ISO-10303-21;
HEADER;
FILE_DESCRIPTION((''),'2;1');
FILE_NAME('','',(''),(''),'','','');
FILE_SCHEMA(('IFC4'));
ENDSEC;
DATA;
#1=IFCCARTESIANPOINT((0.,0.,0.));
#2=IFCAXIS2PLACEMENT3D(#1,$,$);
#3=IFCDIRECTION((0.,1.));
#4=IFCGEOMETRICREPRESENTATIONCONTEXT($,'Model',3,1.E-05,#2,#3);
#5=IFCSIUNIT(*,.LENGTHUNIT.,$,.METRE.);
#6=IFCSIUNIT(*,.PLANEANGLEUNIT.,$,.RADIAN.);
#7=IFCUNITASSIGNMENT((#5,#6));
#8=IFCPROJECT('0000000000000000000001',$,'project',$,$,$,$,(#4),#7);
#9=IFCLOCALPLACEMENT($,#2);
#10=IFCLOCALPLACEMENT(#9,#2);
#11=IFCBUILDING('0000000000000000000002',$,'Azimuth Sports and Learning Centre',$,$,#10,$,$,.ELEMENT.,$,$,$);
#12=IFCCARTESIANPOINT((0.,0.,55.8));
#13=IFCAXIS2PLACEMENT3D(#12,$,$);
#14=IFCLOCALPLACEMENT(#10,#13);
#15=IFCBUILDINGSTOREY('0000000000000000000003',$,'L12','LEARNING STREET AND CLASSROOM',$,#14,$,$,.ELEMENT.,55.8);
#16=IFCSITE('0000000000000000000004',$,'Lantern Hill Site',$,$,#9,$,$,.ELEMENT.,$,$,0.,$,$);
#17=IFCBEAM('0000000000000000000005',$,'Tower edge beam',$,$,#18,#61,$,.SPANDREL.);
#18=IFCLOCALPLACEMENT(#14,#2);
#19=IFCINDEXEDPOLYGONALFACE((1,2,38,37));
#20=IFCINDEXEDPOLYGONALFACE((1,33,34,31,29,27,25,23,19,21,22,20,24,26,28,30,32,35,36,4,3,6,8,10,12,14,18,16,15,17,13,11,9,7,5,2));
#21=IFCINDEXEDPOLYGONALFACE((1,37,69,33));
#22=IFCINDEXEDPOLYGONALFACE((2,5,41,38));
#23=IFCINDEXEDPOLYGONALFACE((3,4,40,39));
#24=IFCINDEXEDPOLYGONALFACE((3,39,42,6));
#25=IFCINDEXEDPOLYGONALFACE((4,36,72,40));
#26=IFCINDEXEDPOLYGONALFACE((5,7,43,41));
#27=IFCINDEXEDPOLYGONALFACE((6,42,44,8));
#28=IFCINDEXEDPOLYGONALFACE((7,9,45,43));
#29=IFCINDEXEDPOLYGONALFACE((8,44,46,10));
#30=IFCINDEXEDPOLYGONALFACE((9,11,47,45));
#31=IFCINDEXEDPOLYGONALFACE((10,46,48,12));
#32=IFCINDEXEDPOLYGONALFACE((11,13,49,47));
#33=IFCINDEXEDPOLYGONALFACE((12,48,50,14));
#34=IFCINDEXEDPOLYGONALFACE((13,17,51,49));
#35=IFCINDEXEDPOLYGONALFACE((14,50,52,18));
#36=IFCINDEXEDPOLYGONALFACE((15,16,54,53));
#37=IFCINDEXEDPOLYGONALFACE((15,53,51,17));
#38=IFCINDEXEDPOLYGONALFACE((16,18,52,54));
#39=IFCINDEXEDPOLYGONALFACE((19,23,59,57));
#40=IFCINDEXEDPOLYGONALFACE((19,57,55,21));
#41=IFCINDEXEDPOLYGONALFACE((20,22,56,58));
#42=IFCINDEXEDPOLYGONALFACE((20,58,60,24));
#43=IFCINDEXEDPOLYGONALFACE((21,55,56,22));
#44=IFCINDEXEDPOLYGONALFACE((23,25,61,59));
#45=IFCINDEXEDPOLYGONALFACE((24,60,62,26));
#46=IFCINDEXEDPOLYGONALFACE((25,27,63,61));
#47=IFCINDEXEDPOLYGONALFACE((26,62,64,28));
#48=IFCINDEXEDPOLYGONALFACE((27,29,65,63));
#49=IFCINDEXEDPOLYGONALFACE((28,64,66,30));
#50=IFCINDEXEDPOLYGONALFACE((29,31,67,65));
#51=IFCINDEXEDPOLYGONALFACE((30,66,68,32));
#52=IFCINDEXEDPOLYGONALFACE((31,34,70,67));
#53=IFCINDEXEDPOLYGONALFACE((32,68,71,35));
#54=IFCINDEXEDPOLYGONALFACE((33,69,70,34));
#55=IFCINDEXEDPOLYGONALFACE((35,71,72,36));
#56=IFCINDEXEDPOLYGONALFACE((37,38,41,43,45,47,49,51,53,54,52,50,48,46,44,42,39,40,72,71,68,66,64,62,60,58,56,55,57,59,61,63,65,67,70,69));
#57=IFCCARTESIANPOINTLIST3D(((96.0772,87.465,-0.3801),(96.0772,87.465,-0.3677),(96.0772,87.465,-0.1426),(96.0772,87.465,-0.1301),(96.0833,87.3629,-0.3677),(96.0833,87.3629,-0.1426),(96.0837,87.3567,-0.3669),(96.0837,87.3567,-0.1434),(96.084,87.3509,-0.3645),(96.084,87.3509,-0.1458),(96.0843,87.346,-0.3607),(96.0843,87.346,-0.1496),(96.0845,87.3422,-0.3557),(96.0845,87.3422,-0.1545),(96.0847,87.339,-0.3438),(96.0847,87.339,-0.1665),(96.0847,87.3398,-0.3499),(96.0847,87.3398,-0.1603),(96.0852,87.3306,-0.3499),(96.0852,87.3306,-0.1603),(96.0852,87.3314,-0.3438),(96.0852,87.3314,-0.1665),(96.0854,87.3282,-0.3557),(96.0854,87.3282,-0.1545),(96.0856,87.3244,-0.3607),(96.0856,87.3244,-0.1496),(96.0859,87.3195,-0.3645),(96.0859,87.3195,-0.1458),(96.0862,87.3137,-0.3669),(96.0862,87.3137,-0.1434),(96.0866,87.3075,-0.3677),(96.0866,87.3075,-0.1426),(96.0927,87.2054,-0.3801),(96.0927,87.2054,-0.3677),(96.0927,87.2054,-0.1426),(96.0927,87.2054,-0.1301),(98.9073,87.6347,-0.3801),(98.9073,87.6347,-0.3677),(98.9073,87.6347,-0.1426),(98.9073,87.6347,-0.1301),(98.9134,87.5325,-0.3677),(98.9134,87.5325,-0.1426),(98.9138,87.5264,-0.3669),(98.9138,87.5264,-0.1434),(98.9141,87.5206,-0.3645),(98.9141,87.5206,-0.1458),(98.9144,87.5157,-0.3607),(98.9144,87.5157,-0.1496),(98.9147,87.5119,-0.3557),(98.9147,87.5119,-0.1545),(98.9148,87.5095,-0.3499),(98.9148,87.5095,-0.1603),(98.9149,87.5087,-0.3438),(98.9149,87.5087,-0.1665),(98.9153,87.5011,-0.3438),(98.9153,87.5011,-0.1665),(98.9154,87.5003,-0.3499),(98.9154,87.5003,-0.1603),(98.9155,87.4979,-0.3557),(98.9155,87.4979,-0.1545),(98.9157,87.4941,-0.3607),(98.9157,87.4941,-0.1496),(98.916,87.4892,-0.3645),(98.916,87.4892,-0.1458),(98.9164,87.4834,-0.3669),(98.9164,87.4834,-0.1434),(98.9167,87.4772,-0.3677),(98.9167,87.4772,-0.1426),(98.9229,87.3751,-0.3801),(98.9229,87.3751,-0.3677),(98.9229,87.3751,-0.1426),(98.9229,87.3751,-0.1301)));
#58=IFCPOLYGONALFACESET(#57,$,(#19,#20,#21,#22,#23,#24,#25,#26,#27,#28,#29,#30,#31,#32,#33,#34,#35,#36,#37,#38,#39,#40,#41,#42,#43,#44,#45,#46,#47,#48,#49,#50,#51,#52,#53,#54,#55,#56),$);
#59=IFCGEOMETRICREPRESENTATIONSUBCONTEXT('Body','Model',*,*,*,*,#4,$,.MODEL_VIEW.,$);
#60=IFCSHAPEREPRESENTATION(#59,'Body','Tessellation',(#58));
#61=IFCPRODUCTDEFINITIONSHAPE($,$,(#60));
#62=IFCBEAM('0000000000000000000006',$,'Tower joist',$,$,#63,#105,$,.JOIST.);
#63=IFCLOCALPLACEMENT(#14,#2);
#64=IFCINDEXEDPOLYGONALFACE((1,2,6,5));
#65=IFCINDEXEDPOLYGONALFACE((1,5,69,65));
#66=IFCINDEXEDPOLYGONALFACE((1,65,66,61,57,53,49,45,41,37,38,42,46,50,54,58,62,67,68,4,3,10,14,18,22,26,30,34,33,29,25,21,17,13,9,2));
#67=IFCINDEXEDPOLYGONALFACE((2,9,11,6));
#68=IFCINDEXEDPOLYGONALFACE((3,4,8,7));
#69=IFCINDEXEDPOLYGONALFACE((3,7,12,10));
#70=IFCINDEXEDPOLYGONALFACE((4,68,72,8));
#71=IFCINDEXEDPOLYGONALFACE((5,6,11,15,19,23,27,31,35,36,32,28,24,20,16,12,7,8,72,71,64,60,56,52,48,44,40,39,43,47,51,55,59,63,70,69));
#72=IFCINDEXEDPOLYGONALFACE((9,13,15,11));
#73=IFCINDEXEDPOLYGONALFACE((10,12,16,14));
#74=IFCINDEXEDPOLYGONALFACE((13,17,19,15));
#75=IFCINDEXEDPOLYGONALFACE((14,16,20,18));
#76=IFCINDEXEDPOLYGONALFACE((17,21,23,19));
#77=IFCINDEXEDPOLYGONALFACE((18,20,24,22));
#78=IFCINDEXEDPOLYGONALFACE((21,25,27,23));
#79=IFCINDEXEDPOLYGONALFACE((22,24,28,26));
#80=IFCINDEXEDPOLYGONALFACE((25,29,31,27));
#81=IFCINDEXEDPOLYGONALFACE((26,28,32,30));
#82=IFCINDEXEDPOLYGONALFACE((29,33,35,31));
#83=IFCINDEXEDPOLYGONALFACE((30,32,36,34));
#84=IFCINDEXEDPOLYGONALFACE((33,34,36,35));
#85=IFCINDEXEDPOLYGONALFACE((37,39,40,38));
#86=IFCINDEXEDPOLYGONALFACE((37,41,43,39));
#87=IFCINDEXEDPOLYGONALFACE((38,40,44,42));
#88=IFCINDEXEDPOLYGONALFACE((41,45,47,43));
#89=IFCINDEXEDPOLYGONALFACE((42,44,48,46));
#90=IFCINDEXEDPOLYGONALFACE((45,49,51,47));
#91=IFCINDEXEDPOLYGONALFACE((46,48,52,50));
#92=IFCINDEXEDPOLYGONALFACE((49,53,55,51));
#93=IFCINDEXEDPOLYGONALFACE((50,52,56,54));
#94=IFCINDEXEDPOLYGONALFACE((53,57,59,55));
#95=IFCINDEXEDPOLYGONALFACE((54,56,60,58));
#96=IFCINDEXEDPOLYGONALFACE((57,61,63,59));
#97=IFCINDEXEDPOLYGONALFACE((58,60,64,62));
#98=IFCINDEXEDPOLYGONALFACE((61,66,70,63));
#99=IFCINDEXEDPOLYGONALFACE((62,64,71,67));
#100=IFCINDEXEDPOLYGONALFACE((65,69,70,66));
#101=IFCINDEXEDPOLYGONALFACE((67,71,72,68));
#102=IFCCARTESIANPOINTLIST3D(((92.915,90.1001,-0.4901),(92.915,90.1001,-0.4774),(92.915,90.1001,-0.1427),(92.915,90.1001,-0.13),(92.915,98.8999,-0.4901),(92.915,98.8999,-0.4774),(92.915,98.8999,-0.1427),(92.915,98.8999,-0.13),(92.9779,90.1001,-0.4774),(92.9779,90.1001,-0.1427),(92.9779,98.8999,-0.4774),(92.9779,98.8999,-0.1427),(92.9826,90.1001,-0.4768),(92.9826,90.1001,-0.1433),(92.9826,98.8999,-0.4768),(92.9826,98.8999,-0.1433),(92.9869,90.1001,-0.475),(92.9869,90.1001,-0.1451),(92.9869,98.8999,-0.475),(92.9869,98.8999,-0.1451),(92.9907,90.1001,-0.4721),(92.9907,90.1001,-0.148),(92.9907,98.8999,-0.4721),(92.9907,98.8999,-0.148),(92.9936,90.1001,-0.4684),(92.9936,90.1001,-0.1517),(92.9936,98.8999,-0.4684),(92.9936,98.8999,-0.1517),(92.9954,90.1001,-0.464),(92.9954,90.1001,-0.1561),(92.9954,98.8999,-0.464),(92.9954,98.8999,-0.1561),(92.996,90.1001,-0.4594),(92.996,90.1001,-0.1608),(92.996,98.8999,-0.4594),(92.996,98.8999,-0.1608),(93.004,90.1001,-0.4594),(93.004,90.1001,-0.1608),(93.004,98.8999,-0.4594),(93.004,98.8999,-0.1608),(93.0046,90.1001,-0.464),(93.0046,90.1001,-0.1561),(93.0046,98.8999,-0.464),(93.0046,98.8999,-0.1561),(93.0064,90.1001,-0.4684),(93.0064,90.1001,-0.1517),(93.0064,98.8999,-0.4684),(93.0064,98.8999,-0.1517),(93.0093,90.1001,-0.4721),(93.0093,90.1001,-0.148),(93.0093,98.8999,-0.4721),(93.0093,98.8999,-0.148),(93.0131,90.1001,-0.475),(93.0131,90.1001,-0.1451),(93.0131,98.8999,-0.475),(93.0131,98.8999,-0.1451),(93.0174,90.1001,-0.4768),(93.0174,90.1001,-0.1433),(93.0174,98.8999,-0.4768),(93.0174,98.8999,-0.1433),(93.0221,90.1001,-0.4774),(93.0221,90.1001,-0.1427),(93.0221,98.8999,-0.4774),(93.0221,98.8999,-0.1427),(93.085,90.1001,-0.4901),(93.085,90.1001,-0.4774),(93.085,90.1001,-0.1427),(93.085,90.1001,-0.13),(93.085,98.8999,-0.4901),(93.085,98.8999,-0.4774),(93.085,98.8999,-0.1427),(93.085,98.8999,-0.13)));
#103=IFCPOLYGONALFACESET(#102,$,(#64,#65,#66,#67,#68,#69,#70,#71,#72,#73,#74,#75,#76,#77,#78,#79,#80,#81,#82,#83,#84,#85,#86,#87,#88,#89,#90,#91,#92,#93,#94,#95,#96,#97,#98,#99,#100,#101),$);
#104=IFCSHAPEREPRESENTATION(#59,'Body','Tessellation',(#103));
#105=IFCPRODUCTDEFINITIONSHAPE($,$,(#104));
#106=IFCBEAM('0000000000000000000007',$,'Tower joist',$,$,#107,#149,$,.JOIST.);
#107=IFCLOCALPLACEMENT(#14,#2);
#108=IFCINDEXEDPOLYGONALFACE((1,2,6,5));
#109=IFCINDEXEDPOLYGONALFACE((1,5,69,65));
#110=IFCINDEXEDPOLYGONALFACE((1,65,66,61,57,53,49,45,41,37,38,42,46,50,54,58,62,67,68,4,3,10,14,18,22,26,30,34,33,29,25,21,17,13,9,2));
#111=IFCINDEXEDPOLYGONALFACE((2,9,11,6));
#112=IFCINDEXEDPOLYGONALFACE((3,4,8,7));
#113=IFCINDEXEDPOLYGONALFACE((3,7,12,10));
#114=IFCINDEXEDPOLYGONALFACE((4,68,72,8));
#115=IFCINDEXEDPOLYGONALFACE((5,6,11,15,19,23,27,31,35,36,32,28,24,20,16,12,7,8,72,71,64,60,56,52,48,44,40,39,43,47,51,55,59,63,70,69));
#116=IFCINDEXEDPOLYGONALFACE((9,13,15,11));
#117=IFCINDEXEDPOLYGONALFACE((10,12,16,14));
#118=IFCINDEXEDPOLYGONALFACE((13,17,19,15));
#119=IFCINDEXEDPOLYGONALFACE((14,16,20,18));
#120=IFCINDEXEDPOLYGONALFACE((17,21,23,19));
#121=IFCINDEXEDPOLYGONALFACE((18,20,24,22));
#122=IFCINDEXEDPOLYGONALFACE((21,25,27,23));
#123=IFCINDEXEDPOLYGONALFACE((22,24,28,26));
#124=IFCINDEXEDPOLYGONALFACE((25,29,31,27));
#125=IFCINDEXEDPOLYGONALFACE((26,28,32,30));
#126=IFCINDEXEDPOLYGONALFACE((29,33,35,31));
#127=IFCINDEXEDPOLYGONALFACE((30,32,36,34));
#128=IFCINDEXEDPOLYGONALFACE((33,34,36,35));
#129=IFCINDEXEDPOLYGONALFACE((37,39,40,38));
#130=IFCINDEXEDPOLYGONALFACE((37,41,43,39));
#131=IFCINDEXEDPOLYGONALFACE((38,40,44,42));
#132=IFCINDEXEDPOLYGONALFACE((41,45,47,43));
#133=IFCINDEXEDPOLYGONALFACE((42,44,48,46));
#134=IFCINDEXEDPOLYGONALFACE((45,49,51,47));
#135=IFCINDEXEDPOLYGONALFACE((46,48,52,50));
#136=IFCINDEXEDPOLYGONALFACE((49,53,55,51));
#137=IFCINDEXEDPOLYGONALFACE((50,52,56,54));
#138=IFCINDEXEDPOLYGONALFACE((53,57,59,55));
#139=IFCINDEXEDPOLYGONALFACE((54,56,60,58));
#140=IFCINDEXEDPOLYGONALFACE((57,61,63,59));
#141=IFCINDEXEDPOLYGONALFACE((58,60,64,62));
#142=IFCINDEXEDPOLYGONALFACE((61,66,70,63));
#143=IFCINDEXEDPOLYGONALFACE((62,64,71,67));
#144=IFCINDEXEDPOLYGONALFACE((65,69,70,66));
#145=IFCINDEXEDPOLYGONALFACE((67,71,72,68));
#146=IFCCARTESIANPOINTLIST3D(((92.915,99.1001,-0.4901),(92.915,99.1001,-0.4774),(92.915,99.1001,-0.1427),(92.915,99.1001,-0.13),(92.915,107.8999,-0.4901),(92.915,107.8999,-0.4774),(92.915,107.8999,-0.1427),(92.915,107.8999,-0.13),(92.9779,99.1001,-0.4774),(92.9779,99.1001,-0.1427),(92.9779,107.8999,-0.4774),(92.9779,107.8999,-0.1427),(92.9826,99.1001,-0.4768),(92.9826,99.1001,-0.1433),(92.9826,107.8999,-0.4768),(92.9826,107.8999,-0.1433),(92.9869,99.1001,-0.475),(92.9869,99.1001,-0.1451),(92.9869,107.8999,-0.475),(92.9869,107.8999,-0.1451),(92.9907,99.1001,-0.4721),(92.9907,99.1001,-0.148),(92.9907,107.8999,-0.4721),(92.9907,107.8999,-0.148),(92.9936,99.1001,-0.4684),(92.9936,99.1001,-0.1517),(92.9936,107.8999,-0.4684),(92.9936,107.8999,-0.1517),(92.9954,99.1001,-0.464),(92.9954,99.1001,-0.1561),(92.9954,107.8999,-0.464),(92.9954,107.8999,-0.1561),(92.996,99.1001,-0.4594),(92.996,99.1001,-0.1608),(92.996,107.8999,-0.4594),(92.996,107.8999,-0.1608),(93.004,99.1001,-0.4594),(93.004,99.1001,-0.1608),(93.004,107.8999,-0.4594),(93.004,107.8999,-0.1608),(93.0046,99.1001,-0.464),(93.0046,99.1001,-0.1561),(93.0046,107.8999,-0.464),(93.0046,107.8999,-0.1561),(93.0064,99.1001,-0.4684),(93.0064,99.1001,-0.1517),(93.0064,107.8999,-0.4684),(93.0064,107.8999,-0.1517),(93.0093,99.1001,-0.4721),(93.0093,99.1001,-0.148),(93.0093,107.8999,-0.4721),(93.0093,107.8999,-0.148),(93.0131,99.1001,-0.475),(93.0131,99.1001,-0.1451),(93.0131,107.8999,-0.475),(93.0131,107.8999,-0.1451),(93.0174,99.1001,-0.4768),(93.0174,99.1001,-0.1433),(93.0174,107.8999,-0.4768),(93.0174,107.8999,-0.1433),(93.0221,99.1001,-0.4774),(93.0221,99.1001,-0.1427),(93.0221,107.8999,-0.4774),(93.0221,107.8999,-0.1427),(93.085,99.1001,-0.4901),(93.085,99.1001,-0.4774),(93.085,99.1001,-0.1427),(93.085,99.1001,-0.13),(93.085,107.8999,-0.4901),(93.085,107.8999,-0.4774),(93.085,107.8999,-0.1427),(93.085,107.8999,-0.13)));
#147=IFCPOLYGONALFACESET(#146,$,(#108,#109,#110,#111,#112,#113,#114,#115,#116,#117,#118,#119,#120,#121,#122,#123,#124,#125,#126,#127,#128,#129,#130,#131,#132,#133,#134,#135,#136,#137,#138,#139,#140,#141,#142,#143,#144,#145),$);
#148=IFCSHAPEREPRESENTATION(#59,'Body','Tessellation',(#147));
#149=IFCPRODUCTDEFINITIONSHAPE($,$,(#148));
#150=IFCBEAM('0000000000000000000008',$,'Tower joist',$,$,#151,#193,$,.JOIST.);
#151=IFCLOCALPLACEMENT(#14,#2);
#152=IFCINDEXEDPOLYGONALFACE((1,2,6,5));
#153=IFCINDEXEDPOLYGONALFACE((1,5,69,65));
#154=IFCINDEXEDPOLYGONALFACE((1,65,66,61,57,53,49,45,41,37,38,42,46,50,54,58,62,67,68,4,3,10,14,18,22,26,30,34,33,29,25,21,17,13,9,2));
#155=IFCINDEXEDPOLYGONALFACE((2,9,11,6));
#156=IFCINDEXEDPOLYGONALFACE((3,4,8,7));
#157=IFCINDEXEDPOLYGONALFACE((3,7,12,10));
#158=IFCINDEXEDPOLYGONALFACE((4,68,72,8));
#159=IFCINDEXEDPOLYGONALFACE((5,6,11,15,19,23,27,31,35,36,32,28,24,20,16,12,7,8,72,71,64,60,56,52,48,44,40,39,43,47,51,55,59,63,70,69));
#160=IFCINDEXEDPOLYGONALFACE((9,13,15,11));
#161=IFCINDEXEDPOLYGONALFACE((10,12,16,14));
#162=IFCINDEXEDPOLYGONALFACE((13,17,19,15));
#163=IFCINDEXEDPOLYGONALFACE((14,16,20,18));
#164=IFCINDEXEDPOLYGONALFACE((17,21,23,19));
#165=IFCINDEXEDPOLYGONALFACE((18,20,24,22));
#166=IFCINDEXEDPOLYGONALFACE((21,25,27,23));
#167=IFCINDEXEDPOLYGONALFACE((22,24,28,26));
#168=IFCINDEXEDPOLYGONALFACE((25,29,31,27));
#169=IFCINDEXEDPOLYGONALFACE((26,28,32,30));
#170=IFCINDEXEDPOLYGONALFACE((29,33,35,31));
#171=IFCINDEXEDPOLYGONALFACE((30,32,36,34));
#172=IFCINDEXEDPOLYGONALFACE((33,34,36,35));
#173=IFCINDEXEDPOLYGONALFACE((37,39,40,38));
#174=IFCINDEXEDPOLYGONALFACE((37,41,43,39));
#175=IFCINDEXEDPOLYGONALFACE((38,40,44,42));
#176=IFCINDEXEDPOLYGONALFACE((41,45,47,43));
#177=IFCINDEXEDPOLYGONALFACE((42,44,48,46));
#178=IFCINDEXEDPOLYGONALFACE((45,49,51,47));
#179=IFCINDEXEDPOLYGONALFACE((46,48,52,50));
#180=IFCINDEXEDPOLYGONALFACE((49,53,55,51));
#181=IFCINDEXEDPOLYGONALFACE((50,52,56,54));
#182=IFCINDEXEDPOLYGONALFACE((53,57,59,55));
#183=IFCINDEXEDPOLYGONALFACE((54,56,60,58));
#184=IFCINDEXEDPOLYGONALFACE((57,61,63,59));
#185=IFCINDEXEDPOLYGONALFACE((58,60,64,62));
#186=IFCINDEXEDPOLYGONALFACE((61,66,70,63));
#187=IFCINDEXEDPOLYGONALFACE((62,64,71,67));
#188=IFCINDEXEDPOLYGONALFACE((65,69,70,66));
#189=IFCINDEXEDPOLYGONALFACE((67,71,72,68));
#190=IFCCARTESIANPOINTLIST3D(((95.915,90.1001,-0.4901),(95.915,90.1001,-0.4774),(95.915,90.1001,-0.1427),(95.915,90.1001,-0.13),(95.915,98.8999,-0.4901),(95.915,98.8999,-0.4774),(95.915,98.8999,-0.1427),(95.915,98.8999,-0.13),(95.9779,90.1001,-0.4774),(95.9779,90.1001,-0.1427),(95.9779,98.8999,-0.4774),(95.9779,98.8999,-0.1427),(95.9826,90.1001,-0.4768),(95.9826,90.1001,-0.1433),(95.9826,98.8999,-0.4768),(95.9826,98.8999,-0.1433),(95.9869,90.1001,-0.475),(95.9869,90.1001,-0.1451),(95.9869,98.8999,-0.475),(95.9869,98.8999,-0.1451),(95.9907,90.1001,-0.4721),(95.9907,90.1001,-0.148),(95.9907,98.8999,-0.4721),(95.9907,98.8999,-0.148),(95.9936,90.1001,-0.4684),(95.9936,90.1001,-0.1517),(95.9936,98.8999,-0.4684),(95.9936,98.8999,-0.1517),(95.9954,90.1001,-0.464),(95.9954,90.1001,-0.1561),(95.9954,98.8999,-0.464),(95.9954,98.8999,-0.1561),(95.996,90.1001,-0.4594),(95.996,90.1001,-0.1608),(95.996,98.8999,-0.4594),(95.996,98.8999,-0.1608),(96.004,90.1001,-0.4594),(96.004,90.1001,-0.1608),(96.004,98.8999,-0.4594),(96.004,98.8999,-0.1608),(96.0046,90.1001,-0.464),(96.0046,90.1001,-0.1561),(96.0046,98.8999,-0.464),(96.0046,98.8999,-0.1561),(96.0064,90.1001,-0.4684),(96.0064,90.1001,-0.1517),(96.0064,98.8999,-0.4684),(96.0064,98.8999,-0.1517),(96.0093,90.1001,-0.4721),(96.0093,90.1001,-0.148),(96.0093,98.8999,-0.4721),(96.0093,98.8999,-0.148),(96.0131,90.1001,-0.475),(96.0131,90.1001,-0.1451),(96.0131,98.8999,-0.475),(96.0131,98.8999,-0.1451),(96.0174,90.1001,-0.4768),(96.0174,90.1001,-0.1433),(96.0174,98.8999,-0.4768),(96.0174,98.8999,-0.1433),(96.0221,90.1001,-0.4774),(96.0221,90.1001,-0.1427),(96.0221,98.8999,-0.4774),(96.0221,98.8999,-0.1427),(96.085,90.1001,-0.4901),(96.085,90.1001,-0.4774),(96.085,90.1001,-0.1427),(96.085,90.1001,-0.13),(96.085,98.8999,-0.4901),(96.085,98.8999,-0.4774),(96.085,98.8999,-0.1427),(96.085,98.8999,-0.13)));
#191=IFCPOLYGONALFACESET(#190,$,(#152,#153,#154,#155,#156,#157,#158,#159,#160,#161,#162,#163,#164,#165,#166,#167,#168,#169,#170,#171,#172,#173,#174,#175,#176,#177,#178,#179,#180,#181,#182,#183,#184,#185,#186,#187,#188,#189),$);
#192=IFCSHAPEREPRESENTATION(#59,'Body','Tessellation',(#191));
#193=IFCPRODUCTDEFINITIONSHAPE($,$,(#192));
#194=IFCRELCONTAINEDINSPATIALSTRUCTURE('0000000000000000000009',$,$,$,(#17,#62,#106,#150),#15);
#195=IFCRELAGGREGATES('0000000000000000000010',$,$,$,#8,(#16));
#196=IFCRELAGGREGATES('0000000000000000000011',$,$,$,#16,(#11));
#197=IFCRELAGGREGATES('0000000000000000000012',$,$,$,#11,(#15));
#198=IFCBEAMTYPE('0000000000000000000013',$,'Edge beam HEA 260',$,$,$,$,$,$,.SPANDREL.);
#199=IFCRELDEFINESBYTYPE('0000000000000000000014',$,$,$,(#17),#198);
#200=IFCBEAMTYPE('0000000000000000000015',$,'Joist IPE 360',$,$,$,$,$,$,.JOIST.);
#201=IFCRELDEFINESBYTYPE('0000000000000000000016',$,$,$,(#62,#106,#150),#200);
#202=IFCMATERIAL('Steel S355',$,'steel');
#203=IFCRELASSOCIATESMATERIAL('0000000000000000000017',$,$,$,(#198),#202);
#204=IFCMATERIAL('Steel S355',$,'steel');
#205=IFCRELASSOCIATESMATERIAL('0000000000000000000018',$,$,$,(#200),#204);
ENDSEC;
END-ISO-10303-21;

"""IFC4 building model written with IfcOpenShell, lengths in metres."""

from ifc_helpers import new_model, si_unit, direction, frame, origin, origin_2d, place, context, subcontext, project, spatial, i_section, extrude, material, material_profile, profile_set, type_object, element, save


model = new_model("IFC4")

# Units and contexts
model_context = context("Model", 3, precision=1e-05, world=origin(), true_north=direction((0.0, 1.0)))
body_context = subcontext(model_context, "Body", "Model", "MODEL_VIEW")
ifc_project = project(units=[si_unit("LENGTHUNIT", "METRE"), si_unit("PLANEANGLEUNIT", "RADIAN")], contexts=[model_context])

# Site, building, storey
site_placement = place(None, origin())
site = spatial("IfcSite", under=ifc_project, at=site_placement, Name="Lantern Hill Site", CompositionType="ELEMENT", RefElevation=0.0)
building_placement = place(site_placement, origin())
building = spatial("IfcBuilding", under=site, at=building_placement, Name="Azimuth Sports and Learning Centre", CompositionType="ELEMENT")
storey_placement = place(building_placement, frame((0.0, 0.0, 55.8)))
storey = spatial("IfcBuildingStorey", under=building, at=storey_placement, Name="L12", Description="LEARNING STREET AND CLASSROOM", CompositionType="ELEMENT", Elevation=55.8)

# Beams
ifc_material_1 = material(Name="Steel S355", Category="steel")
ifc_material_profile_1 = material_profile(ifc_material_1, i_section(OverallWidth=0.26, OverallDepth=0.25, WebThickness=0.0076, FlangeThickness=0.0125, FilletRadius=0.0239, at=origin_2d()), Name="HEA 260")
ifc_profile_set_1 = profile_set([ifc_material_profile_1], Name="Steel S355")
beam_type_1 = type_object("IfcBeamType", Name="Edge beam HEA 260", PredefinedType="SPANDREL", material=ifc_profile_set_1)
for number, where, z_axis, x_axis, name in (
    (1, (96.085, 87.3352, -0.2551), (0.998208, 0.059848, 0.0), (-0.059848, 0.998208, 0.0), "Tower edge beam"),
):
    element("IfcBeam", number, at=place(storey_placement, frame(where, z_axis=z_axis, x_axis=x_axis)), inside=storey, type_object=beam_type_1, Name=name, PredefinedType="SPANDREL", context=body_context, shape_type="SweptSolid", body=[
        extrude(i_section(OverallWidth=0.26, OverallDepth=0.25, WebThickness=0.0076, FlangeThickness=0.0125, FilletRadius=0.0239, at=origin_2d()), origin(), (0.0, 0.0, 1.0), 2.8352),
    ])
ifc_material_2 = material(Name="Steel S355", Category="steel")
ifc_material_profile_2 = material_profile(ifc_material_2, i_section(OverallWidth=0.1699, OverallDepth=0.3601, WebThickness=0.0081, FlangeThickness=0.0127, FilletRadius=0.0181, at=origin_2d()), Name="IPE 360")
ifc_profile_set_2 = profile_set([ifc_material_profile_2], Name="Steel S355")
beam_type_2 = type_object("IfcBeamType", Name="Joist IPE 360", PredefinedType="JOIST", material=ifc_profile_set_2)
for number, where, z_axis, x_axis, name in (
    (2, (93.0, 90.1001, -0.3101), (0.0, 1.0, 0.0), (-1.0, 0.0, 0.0), "Tower joist"),
    (3, (93.0, 99.1001, -0.3101), (0.0, 1.0, 0.0), (-1.0, 0.0, 0.0), "Tower joist"),
    (4, (96.0, 90.1001, -0.3101), (0.0, 1.0, 0.0), (-1.0, 0.0, 0.0), "Tower joist"),
):
    element("IfcBeam", number, at=place(storey_placement, frame(where, z_axis=z_axis, x_axis=x_axis)), inside=storey, type_object=beam_type_2, Name=name, PredefinedType="JOIST", context=body_context, shape_type="SweptSolid", body=[
        extrude(i_section(OverallWidth=0.1699, OverallDepth=0.3601, WebThickness=0.0081, FlangeThickness=0.0127, FilletRadius=0.0181, at=origin_2d()), origin(), (0.0, 0.0, 1.0), 8.7998),
    ])

save(model, "model.ifc")
